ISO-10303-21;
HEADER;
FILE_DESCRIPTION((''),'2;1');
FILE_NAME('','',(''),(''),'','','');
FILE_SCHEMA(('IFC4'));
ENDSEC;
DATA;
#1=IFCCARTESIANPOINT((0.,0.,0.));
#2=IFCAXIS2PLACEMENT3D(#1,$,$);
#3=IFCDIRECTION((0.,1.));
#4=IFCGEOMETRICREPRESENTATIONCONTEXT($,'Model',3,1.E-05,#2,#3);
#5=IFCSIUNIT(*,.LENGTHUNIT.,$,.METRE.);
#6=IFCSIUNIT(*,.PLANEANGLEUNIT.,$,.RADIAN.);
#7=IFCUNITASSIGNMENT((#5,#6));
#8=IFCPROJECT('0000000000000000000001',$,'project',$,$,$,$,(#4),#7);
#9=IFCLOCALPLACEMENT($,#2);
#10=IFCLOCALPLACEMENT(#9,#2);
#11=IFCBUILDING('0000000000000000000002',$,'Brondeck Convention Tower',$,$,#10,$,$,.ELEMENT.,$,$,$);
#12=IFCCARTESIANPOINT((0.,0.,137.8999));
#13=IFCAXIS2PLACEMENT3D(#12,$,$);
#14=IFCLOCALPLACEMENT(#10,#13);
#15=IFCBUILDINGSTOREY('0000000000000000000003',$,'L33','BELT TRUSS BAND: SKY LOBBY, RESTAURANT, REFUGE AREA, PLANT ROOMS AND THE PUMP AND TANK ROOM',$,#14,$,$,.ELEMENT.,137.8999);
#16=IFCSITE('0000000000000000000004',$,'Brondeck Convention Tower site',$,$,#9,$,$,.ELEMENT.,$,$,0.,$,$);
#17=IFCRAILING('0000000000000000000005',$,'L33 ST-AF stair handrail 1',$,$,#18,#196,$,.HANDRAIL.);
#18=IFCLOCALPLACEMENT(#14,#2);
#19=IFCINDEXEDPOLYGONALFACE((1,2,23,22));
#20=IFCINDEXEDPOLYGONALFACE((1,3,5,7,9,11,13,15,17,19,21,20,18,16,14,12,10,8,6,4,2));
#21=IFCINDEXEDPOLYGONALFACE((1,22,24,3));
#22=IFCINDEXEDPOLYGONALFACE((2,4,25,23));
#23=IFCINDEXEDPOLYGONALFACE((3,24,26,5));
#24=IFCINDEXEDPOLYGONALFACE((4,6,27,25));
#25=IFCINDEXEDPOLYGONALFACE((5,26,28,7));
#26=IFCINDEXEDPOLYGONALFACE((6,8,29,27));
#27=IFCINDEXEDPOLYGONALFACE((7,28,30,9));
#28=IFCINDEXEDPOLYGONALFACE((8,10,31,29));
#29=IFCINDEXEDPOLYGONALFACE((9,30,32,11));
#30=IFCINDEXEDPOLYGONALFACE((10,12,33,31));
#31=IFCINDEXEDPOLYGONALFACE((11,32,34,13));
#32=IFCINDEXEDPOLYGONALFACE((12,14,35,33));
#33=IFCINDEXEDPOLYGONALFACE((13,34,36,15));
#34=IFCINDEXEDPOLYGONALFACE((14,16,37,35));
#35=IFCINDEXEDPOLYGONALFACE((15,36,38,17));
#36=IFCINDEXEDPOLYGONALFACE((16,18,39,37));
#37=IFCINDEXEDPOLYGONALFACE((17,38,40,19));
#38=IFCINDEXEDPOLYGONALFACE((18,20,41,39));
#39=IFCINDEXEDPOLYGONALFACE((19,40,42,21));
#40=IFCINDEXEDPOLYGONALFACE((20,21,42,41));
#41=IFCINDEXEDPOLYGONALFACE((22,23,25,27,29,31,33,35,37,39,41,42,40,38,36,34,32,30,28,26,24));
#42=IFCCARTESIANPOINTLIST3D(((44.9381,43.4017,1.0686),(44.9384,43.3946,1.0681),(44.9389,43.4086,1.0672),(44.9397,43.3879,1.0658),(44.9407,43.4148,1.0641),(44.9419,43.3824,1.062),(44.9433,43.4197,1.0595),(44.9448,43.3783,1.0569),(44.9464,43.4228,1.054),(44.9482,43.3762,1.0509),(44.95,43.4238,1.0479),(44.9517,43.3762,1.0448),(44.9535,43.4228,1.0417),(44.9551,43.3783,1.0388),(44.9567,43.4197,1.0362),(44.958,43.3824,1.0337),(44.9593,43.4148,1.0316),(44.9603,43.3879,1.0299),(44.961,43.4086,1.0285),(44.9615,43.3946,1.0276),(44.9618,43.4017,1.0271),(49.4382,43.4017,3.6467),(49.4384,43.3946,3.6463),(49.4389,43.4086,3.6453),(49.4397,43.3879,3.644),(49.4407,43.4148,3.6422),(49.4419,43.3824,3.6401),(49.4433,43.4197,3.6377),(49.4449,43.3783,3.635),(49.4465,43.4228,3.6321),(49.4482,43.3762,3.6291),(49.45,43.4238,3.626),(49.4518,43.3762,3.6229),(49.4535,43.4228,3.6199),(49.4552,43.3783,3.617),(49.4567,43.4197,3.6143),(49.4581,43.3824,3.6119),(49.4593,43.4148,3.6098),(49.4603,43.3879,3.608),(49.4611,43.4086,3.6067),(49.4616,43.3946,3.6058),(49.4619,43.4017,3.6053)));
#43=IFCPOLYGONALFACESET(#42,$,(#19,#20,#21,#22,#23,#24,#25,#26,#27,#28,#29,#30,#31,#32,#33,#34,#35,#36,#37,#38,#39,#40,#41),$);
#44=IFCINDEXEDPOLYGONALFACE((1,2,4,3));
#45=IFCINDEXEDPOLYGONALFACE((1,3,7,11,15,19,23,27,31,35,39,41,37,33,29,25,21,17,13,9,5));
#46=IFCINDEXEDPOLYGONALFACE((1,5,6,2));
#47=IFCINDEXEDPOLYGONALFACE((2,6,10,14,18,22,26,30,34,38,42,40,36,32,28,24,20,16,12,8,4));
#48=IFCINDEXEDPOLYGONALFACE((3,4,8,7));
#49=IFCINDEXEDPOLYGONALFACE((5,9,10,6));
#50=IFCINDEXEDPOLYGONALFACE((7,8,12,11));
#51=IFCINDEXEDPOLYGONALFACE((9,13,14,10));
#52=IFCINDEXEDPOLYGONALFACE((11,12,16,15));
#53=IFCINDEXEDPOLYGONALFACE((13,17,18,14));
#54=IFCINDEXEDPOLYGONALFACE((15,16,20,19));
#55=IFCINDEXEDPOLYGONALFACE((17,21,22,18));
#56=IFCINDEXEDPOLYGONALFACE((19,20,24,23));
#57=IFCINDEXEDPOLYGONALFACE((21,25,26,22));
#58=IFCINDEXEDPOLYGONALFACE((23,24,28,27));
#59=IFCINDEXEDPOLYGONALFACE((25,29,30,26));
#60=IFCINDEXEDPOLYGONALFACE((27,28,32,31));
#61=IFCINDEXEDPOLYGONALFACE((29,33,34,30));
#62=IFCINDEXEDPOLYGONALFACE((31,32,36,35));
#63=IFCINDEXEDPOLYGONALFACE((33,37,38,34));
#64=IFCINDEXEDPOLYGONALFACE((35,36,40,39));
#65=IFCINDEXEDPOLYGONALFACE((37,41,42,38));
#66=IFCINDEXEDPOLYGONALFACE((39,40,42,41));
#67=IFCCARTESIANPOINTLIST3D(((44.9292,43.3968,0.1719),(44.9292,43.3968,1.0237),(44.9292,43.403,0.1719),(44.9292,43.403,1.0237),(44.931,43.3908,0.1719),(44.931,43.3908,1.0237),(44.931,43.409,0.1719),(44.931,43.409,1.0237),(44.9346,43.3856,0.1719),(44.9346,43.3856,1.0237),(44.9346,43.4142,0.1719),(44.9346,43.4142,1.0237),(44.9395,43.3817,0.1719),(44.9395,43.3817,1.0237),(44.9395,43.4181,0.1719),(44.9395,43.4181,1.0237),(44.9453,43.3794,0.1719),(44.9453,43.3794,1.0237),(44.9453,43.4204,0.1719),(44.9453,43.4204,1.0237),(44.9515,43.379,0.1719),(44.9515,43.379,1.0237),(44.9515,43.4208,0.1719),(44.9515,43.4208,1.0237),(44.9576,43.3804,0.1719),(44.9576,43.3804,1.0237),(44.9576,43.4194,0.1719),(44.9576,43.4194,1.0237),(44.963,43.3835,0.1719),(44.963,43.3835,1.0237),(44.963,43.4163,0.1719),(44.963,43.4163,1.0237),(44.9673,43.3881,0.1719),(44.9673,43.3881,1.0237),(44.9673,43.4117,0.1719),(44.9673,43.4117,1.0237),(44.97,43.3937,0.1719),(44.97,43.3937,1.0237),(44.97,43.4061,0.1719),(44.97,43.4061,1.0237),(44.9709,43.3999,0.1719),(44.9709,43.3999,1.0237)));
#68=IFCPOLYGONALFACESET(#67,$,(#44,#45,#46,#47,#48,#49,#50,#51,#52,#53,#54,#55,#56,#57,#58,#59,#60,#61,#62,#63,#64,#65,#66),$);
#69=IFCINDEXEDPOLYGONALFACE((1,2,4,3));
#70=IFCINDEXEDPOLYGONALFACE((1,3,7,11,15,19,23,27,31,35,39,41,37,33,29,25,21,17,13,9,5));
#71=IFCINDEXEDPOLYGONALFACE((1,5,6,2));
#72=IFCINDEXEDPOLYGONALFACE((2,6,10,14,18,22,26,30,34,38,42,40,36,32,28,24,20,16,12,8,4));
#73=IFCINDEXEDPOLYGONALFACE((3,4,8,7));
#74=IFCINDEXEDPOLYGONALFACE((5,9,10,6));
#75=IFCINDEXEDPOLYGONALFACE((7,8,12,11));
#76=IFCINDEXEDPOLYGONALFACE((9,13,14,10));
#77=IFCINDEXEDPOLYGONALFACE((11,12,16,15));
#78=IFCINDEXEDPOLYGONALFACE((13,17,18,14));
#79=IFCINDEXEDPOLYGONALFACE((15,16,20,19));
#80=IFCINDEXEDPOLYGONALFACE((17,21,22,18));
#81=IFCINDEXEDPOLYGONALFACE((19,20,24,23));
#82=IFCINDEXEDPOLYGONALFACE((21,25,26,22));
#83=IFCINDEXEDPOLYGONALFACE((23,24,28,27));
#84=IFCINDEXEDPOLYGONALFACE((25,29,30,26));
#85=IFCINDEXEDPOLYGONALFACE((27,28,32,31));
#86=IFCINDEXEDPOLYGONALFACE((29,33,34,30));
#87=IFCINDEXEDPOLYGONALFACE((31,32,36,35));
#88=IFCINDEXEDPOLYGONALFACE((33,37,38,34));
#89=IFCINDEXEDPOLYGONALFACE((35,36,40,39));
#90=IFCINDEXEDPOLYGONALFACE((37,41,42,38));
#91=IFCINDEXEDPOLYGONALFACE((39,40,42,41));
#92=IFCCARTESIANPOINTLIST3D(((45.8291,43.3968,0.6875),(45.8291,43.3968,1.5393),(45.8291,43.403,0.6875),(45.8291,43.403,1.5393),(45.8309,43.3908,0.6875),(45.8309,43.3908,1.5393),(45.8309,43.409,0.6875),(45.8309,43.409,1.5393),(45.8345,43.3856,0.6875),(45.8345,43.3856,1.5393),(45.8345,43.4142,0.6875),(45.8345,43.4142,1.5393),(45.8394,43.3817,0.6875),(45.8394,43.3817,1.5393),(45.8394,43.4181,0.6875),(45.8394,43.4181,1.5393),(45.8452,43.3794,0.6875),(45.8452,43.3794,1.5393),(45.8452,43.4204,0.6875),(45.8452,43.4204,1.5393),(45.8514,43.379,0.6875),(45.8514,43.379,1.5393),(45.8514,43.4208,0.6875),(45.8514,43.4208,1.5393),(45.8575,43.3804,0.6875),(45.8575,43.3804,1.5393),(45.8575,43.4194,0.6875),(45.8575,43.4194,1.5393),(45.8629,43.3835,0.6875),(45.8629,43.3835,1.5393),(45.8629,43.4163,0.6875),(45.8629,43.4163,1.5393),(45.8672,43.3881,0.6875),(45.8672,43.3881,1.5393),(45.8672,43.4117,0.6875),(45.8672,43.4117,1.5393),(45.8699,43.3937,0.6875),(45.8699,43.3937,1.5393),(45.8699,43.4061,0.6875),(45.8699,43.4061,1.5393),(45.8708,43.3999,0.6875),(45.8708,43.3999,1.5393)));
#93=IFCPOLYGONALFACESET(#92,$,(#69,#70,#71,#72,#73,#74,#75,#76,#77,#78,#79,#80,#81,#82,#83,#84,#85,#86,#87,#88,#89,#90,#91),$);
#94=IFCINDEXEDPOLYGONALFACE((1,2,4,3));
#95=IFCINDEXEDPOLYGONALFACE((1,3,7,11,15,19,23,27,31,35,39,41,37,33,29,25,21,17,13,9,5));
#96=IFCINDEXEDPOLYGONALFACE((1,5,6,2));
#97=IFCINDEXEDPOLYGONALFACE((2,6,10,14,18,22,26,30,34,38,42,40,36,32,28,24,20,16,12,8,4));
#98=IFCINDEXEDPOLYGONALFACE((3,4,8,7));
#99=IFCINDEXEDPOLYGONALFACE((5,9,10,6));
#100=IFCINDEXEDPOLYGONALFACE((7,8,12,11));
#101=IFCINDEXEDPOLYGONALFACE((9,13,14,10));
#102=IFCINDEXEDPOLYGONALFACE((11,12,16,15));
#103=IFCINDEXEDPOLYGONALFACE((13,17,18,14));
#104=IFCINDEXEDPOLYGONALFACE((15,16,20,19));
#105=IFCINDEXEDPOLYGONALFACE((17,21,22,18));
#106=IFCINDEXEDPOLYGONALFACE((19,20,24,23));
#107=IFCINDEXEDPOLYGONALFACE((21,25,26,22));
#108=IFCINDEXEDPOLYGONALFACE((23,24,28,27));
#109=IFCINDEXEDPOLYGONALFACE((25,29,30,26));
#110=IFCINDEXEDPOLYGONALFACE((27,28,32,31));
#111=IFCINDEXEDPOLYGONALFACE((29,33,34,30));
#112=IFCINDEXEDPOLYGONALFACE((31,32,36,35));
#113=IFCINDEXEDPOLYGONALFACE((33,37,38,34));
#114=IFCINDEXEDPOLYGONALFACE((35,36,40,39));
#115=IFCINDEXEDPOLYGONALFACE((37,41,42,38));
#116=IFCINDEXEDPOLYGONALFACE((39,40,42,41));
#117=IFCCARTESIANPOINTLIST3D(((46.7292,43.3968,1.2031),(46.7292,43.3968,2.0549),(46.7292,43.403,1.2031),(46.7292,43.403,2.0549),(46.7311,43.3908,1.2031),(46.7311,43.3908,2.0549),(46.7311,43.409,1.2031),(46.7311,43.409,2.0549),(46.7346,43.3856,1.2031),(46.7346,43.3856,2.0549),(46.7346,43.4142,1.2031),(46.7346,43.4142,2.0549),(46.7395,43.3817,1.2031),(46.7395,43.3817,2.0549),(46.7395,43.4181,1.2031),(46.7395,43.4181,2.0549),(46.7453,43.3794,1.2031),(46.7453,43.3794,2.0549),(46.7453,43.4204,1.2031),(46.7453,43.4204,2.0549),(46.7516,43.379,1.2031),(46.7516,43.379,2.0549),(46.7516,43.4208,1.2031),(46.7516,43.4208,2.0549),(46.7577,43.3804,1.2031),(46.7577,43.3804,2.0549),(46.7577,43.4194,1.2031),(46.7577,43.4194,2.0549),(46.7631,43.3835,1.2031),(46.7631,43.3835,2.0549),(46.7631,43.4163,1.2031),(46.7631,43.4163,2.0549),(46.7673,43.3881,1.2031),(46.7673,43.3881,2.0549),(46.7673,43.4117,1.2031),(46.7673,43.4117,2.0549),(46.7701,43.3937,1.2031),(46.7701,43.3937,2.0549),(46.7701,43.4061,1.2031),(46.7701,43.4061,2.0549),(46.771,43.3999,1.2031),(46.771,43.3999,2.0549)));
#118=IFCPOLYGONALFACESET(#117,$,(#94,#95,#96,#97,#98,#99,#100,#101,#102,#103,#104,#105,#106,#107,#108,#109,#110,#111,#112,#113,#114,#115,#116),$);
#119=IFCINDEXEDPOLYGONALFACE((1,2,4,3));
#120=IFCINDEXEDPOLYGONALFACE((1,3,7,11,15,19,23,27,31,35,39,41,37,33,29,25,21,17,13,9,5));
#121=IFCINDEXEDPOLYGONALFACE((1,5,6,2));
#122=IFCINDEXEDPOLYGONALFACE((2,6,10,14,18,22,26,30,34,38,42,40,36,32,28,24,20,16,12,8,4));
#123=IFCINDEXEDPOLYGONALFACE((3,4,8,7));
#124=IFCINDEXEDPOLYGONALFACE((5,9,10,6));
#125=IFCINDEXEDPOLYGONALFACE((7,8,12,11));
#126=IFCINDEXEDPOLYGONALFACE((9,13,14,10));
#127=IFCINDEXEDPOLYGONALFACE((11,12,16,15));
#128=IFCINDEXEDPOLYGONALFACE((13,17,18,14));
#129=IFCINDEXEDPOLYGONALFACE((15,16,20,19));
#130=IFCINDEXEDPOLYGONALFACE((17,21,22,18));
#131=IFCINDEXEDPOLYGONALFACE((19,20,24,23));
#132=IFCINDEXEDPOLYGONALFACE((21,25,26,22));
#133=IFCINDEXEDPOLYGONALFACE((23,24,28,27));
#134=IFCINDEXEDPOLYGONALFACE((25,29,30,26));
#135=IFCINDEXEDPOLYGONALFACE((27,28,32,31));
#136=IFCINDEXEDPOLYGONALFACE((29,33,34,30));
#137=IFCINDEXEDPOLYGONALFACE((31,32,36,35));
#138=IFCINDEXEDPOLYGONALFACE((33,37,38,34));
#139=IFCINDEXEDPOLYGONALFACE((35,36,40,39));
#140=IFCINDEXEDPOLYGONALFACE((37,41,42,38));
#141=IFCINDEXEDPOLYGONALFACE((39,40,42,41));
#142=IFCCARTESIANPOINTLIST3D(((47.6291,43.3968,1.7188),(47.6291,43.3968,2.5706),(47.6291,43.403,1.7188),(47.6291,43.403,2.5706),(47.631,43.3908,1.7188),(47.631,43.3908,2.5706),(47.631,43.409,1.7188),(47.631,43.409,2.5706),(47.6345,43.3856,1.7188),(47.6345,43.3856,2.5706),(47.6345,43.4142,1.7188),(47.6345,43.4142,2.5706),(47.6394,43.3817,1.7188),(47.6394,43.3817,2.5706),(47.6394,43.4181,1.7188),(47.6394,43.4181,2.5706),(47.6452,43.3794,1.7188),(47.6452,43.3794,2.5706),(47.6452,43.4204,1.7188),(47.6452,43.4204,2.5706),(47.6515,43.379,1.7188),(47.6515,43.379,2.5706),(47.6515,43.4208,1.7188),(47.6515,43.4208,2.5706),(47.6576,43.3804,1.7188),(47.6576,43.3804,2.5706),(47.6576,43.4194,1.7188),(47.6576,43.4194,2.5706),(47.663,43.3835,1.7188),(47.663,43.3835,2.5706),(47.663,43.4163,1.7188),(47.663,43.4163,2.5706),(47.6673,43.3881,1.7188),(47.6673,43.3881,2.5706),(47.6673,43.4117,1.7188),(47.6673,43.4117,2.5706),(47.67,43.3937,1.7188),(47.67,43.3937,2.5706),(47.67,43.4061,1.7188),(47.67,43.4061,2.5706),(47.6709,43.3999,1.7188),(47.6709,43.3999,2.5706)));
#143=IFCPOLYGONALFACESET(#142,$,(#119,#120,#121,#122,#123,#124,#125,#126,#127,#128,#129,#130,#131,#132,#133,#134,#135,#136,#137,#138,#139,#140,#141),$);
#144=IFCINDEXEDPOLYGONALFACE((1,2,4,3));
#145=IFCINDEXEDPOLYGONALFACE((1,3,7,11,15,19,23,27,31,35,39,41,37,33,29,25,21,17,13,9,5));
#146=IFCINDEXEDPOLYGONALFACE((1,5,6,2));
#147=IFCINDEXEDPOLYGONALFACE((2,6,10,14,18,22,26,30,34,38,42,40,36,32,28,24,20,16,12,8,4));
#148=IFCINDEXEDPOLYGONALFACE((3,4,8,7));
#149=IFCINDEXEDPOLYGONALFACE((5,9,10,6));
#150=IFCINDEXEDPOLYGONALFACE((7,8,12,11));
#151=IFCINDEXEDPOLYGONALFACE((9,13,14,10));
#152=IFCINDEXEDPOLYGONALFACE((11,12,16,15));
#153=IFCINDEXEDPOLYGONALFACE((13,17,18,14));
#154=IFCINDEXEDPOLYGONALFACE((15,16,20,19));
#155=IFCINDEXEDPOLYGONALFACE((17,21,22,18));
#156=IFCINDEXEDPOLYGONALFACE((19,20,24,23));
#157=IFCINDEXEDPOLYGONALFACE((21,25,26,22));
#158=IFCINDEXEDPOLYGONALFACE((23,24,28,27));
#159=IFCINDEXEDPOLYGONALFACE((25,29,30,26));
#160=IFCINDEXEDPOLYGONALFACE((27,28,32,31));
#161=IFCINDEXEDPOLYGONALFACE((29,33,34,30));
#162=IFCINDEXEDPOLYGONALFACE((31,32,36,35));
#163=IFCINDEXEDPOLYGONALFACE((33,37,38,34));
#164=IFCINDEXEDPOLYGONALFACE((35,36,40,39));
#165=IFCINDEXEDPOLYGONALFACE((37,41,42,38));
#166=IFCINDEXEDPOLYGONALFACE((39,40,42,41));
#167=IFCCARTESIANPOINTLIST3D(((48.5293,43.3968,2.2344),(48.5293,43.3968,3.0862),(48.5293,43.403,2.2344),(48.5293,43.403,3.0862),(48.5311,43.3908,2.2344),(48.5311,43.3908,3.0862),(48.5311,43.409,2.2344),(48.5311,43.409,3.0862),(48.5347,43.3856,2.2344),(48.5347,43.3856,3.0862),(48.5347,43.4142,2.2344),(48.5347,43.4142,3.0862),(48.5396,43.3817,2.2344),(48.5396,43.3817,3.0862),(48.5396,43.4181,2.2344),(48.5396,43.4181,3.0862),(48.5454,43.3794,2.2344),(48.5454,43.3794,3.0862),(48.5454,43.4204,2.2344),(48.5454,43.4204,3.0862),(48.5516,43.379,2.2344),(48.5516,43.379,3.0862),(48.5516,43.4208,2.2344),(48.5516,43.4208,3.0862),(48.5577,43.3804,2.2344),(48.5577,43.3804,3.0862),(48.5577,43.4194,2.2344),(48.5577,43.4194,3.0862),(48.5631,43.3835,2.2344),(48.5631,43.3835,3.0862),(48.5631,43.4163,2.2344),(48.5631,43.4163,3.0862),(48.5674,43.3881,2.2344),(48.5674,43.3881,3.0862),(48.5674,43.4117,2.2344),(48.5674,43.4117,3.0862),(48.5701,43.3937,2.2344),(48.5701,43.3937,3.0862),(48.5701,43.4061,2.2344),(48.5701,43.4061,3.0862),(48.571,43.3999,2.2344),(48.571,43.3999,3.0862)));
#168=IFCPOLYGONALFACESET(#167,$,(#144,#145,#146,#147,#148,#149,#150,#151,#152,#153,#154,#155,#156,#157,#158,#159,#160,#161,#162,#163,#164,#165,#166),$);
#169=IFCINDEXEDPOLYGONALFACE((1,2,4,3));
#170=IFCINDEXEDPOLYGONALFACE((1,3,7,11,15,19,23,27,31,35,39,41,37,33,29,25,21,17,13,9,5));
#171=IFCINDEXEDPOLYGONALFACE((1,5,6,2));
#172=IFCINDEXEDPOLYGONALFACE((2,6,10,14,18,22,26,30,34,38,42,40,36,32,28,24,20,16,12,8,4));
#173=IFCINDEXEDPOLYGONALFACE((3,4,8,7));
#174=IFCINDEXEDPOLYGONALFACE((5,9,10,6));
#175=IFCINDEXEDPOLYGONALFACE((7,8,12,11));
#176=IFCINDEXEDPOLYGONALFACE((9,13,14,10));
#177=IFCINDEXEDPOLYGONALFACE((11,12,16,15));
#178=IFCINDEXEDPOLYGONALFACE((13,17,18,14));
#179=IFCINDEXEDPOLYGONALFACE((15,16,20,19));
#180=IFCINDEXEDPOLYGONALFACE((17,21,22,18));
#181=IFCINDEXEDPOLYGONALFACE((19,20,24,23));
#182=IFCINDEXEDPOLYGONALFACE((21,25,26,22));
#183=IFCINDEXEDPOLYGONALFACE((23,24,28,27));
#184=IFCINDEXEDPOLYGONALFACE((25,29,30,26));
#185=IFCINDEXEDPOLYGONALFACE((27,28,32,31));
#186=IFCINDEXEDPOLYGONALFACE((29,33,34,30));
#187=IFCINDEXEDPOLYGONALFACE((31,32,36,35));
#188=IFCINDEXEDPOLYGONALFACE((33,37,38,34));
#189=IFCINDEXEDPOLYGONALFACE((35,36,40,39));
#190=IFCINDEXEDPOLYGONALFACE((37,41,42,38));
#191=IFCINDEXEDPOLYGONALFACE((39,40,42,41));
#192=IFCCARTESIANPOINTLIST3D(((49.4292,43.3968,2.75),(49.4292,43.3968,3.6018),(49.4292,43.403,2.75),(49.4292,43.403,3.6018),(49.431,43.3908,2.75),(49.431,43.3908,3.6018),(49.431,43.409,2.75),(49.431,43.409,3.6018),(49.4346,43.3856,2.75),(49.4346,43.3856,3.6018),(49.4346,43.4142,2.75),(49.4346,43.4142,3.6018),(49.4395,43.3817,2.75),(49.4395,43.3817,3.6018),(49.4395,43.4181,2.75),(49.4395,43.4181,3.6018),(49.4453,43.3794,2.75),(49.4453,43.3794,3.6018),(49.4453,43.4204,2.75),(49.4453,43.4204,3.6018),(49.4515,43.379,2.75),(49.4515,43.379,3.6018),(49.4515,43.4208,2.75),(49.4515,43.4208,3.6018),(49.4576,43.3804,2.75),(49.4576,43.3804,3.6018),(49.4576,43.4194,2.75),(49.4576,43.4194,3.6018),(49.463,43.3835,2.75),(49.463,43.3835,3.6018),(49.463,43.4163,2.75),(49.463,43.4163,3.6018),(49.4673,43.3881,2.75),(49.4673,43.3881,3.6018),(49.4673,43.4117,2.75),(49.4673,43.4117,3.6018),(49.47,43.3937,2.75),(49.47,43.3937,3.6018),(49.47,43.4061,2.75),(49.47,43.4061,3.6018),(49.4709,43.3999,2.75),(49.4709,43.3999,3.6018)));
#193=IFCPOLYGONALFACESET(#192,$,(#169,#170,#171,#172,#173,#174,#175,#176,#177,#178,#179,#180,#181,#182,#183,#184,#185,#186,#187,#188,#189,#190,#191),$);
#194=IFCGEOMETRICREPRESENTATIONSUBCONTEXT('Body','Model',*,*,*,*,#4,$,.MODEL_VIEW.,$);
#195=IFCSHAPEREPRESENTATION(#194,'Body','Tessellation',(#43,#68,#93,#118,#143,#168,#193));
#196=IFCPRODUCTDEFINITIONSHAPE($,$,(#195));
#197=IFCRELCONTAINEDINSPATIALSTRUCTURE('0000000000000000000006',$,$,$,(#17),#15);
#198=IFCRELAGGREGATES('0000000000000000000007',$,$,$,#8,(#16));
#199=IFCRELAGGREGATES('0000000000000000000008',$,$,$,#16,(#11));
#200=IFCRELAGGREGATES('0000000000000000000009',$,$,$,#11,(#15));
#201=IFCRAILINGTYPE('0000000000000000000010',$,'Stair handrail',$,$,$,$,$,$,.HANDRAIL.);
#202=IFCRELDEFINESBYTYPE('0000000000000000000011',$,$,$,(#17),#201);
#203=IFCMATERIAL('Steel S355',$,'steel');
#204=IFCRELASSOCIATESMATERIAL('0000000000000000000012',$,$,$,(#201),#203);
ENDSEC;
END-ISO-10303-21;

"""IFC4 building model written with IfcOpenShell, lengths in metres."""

from ifc_helpers import new_model, si_unit, direction, frame, origin, origin_2d, place, context, subcontext, project, spatial, circle, extrude, material, type_object, element, save


model = new_model("IFC4")

# Units and contexts
model_context = context("Model", 3, precision=1e-05, world=origin(), true_north=direction((0.0, 1.0)))
body_context = subcontext(model_context, "Body", "Model", "MODEL_VIEW")
ifc_project = project(units=[si_unit("LENGTHUNIT", "METRE"), si_unit("PLANEANGLEUNIT", "RADIAN")], contexts=[model_context])

# Site, building, storey
site_placement = place(None, origin())
site = spatial("IfcSite", under=ifc_project, at=site_placement, Name="Brondeck Convention Tower site", CompositionType="ELEMENT", RefElevation=0.0)
building_placement = place(site_placement, origin())
building = spatial("IfcBuilding", under=site, at=building_placement, Name="Brondeck Convention Tower", CompositionType="ELEMENT")
storey_placement = place(building_placement, frame((0.0, 0.0, 137.8999)))
storey = spatial("IfcBuildingStorey", under=building, at=storey_placement, Name="L33", Description="BELT TRUSS BAND: SKY LOBBY, RESTAURANT, REFUGE AREA, PLANT ROOMS AND THE PUMP AND TANK ROOM", CompositionType="ELEMENT", Elevation=137.8999)

# Shared definitions
ifc_material_1 = material(Name="Steel S355", Category="steel")

# Railing
railing_type_1 = type_object("IfcRailingType", Name="Stair handrail", PredefinedType="HANDRAIL", material=ifc_material_1)
railing_1_placement = place(storey_placement, frame((44.95, 43.3999, 0.1719)))
element("IfcRailing", 1, at=railing_1_placement, inside=storey, type_object=railing_type_1, Name="L33 ST-AF stair handrail 1", PredefinedType="HANDRAIL", context=body_context, shape_type="SweptSolid", body=[
    extrude(circle(Radius=0.0239, at=origin_2d()), frame((0.0, 0.0, 0.876), z_axis=(0.867686, 0.0, 0.497112), x_axis=(0.0, 1.0, 0.0)), (0.0, 0.0, 1.0), 5.1863),
    extrude(circle(Radius=0.021, at=origin_2d()), origin(), (0.0, 0.0, 1.0), 0.8518),
    extrude(circle(Radius=0.021, at=origin_2d()), frame((0.8999, 0.0, 0.5156)), (0.0, 0.0, 1.0), 0.8518),
    extrude(circle(Radius=0.021, at=origin_2d()), frame((1.8, 0.0, 1.0312)), (0.0, 0.0, 1.0), 0.8518),
    extrude(circle(Radius=0.021, at=origin_2d()), frame((2.7, 0.0, 1.5469)), (0.0, 0.0, 1.0), 0.8518),
    extrude(circle(Radius=0.021, at=origin_2d()), frame((3.6001, 0.0, 2.0625)), (0.0, 0.0, 1.0), 0.8518),
    extrude(circle(Radius=0.021, at=origin_2d()), frame((4.5, 0.0, 2.5781)), (0.0, 0.0, 1.0), 0.8518),
])

save(model, "model.ifc")
